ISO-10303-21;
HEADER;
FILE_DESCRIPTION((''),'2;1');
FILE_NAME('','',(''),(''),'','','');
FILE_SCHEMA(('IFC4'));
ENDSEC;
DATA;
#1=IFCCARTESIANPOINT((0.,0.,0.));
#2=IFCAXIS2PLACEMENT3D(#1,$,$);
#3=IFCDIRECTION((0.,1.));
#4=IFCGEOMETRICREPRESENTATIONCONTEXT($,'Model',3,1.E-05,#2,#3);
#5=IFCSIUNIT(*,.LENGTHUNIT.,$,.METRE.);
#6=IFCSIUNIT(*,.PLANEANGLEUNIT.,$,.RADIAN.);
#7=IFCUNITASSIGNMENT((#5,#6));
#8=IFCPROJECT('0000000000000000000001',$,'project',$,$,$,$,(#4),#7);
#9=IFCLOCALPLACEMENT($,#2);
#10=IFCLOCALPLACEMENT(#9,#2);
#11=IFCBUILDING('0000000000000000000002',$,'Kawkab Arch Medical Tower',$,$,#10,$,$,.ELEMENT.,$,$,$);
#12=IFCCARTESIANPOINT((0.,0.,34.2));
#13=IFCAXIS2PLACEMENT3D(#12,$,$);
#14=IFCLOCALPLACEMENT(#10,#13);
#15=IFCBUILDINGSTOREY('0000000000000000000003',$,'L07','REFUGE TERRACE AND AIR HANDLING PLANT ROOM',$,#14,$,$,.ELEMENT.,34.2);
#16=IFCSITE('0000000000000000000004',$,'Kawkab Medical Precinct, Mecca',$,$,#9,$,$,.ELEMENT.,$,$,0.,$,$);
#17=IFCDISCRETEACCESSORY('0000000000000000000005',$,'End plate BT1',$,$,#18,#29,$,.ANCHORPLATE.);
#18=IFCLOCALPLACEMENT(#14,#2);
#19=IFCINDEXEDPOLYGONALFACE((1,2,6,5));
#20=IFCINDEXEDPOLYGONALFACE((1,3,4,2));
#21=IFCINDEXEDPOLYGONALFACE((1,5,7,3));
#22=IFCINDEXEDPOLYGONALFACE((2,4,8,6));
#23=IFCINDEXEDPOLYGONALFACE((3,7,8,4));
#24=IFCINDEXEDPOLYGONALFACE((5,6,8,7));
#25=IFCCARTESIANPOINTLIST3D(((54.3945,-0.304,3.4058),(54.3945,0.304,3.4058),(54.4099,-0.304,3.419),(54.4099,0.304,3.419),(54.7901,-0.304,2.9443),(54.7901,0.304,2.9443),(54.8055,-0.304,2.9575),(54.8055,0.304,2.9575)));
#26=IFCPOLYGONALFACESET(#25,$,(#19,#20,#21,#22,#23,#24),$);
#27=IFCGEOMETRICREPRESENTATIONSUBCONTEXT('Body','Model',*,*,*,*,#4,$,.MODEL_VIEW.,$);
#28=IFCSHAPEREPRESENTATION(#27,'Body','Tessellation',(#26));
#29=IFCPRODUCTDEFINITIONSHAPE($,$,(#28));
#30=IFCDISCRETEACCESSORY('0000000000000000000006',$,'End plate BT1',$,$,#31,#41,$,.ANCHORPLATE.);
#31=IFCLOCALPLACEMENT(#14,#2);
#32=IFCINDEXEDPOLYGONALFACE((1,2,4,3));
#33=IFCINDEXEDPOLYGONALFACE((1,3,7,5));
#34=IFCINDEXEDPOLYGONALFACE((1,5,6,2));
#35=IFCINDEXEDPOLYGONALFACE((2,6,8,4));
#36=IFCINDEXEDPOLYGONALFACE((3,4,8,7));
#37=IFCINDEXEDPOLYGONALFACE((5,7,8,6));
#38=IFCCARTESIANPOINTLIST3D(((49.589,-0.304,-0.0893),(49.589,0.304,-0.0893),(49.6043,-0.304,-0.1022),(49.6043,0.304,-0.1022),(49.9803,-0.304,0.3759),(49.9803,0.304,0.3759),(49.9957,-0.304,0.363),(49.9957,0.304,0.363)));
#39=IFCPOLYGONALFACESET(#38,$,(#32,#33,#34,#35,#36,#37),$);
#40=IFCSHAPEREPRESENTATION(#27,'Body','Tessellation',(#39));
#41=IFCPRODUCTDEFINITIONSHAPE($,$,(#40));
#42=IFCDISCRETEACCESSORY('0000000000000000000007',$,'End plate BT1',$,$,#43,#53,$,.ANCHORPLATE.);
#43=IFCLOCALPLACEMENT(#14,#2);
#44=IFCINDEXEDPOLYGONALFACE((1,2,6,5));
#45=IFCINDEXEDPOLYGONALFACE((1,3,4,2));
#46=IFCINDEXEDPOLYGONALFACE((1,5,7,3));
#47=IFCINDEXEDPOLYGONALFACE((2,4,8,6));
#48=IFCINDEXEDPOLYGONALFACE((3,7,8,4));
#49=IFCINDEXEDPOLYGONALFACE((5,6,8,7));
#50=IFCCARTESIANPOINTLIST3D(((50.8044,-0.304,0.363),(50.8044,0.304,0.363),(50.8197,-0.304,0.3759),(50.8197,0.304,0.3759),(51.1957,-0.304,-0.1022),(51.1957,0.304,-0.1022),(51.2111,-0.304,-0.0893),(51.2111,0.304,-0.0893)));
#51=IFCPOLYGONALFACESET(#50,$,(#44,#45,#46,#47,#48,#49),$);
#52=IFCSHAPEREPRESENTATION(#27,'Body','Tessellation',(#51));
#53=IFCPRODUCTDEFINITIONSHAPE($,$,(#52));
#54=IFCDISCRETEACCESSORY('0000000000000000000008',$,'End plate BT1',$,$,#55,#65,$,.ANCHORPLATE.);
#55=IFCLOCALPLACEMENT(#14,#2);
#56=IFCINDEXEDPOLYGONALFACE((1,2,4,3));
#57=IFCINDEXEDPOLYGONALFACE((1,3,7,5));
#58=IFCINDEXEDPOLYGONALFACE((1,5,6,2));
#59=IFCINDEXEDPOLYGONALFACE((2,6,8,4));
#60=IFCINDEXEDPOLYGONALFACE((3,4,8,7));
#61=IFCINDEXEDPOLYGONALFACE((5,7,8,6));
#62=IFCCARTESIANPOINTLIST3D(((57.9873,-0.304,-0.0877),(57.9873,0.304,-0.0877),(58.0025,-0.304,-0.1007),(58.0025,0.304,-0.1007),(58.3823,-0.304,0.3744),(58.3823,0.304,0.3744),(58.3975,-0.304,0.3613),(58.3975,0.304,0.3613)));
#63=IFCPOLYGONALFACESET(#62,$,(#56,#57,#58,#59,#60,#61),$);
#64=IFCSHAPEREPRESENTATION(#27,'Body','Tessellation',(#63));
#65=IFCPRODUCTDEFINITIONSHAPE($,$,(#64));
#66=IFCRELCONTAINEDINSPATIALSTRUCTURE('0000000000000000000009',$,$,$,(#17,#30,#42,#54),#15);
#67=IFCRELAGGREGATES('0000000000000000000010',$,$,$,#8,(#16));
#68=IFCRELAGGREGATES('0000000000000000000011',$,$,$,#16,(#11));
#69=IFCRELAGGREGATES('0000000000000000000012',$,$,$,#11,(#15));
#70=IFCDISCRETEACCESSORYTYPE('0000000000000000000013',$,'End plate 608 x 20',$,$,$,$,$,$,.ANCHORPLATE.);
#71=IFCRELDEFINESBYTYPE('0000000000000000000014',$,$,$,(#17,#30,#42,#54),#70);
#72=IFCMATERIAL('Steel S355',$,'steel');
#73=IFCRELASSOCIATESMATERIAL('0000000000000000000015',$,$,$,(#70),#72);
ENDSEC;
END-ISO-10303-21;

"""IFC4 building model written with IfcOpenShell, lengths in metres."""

from ifc_helpers import new_model, si_unit, direction, frame, origin, origin_2d, place, context, subcontext, project, spatial, rectangle, extrude, material, material_profile, profile_set, type_object, element, save


model = new_model("IFC4")

# Units and contexts
model_context = context("Model", 3, precision=1e-05, world=origin(), true_north=direction((0.0, 1.0)))
body_context = subcontext(model_context, "Body", "Model", "MODEL_VIEW")
ifc_project = project(units=[si_unit("LENGTHUNIT", "METRE"), si_unit("PLANEANGLEUNIT", "RADIAN")], contexts=[model_context])

# Site, building, storey
site_placement = place(None, origin())
site = spatial("IfcSite", under=ifc_project, at=site_placement, Name="Kawkab Medical Precinct, Mecca", CompositionType="ELEMENT", RefElevation=0.0)
building_placement = place(site_placement, origin())
building = spatial("IfcBuilding", under=site, at=building_placement, Name="Kawkab Arch Medical Tower", CompositionType="ELEMENT")
storey_placement = place(building_placement, frame((0.0, 0.0, 34.2)))
storey = spatial("IfcBuildingStorey", under=building, at=storey_placement, Name="L07", Description="REFUGE TERRACE AND AIR HANDLING PLANT ROOM", CompositionType="ELEMENT", Elevation=34.2)

# Discrete accessories
ifc_material_1 = material(Name="Steel S355", Category="steel")
ifc_material_profile_1 = material_profile(ifc_material_1, rectangle(XDim=0.6079, YDim=0.6079, at=origin_2d()), Name="End plate 608 x 20")
ifc_profile_set_1 = profile_set([ifc_material_profile_1], Name="Steel S355")
discrete_accessory_type = type_object("IfcDiscreteAccessoryType", Name="End plate 608 x 20", PredefinedType="ANCHORPLATE", material=ifc_profile_set_1)
discrete_accessory_placement = place(storey_placement, frame((54.5923, 0.0, 3.175), z_axis=(0.759257, 0.0, 0.650791), x_axis=(0.0, 1.0, 0.0)))
element("IfcDiscreteAccessory", 1, at=discrete_accessory_placement, inside=storey, type_object=discrete_accessory_type, Name="End plate BT1", PredefinedType="ANCHORPLATE", context=body_context, shape_type="SweptSolid", body=[
    extrude(rectangle(XDim=0.6079, YDim=0.6079, at=origin_2d()), origin(), (0.0, 0.0, 1.0), 0.0203),
])
for number, where, z_axis, x_axis, name in (
    (2, (49.7847, 0.0, 0.1433), (0.765226, 0.0, -0.643762), (0.0, 1.0, 0.0), "End plate BT1"),
    (3, (51.0154, 0.0, 0.1433), (-0.765226, 0.0, -0.643762), (0.0, -1.0, 0.0), "End plate BT1"),
    (4, (58.1848, 0.0, 0.1433), (0.760121, 0.0, -0.649781), (0.0, 1.0, 0.0), "End plate BT1"),
):
    element("IfcDiscreteAccessory", number, at=place(storey_placement, frame(where, z_axis=z_axis, x_axis=x_axis)), inside=storey, type_object=discrete_accessory_type, Name=name, PredefinedType="ANCHORPLATE", context=body_context, shape_type="SweptSolid", body=[
        extrude(rectangle(XDim=0.6079, YDim=0.6079, at=origin_2d()), origin(), (0.0, 0.0, 1.0), 0.02),
    ])

save(model, "model.ifc")
